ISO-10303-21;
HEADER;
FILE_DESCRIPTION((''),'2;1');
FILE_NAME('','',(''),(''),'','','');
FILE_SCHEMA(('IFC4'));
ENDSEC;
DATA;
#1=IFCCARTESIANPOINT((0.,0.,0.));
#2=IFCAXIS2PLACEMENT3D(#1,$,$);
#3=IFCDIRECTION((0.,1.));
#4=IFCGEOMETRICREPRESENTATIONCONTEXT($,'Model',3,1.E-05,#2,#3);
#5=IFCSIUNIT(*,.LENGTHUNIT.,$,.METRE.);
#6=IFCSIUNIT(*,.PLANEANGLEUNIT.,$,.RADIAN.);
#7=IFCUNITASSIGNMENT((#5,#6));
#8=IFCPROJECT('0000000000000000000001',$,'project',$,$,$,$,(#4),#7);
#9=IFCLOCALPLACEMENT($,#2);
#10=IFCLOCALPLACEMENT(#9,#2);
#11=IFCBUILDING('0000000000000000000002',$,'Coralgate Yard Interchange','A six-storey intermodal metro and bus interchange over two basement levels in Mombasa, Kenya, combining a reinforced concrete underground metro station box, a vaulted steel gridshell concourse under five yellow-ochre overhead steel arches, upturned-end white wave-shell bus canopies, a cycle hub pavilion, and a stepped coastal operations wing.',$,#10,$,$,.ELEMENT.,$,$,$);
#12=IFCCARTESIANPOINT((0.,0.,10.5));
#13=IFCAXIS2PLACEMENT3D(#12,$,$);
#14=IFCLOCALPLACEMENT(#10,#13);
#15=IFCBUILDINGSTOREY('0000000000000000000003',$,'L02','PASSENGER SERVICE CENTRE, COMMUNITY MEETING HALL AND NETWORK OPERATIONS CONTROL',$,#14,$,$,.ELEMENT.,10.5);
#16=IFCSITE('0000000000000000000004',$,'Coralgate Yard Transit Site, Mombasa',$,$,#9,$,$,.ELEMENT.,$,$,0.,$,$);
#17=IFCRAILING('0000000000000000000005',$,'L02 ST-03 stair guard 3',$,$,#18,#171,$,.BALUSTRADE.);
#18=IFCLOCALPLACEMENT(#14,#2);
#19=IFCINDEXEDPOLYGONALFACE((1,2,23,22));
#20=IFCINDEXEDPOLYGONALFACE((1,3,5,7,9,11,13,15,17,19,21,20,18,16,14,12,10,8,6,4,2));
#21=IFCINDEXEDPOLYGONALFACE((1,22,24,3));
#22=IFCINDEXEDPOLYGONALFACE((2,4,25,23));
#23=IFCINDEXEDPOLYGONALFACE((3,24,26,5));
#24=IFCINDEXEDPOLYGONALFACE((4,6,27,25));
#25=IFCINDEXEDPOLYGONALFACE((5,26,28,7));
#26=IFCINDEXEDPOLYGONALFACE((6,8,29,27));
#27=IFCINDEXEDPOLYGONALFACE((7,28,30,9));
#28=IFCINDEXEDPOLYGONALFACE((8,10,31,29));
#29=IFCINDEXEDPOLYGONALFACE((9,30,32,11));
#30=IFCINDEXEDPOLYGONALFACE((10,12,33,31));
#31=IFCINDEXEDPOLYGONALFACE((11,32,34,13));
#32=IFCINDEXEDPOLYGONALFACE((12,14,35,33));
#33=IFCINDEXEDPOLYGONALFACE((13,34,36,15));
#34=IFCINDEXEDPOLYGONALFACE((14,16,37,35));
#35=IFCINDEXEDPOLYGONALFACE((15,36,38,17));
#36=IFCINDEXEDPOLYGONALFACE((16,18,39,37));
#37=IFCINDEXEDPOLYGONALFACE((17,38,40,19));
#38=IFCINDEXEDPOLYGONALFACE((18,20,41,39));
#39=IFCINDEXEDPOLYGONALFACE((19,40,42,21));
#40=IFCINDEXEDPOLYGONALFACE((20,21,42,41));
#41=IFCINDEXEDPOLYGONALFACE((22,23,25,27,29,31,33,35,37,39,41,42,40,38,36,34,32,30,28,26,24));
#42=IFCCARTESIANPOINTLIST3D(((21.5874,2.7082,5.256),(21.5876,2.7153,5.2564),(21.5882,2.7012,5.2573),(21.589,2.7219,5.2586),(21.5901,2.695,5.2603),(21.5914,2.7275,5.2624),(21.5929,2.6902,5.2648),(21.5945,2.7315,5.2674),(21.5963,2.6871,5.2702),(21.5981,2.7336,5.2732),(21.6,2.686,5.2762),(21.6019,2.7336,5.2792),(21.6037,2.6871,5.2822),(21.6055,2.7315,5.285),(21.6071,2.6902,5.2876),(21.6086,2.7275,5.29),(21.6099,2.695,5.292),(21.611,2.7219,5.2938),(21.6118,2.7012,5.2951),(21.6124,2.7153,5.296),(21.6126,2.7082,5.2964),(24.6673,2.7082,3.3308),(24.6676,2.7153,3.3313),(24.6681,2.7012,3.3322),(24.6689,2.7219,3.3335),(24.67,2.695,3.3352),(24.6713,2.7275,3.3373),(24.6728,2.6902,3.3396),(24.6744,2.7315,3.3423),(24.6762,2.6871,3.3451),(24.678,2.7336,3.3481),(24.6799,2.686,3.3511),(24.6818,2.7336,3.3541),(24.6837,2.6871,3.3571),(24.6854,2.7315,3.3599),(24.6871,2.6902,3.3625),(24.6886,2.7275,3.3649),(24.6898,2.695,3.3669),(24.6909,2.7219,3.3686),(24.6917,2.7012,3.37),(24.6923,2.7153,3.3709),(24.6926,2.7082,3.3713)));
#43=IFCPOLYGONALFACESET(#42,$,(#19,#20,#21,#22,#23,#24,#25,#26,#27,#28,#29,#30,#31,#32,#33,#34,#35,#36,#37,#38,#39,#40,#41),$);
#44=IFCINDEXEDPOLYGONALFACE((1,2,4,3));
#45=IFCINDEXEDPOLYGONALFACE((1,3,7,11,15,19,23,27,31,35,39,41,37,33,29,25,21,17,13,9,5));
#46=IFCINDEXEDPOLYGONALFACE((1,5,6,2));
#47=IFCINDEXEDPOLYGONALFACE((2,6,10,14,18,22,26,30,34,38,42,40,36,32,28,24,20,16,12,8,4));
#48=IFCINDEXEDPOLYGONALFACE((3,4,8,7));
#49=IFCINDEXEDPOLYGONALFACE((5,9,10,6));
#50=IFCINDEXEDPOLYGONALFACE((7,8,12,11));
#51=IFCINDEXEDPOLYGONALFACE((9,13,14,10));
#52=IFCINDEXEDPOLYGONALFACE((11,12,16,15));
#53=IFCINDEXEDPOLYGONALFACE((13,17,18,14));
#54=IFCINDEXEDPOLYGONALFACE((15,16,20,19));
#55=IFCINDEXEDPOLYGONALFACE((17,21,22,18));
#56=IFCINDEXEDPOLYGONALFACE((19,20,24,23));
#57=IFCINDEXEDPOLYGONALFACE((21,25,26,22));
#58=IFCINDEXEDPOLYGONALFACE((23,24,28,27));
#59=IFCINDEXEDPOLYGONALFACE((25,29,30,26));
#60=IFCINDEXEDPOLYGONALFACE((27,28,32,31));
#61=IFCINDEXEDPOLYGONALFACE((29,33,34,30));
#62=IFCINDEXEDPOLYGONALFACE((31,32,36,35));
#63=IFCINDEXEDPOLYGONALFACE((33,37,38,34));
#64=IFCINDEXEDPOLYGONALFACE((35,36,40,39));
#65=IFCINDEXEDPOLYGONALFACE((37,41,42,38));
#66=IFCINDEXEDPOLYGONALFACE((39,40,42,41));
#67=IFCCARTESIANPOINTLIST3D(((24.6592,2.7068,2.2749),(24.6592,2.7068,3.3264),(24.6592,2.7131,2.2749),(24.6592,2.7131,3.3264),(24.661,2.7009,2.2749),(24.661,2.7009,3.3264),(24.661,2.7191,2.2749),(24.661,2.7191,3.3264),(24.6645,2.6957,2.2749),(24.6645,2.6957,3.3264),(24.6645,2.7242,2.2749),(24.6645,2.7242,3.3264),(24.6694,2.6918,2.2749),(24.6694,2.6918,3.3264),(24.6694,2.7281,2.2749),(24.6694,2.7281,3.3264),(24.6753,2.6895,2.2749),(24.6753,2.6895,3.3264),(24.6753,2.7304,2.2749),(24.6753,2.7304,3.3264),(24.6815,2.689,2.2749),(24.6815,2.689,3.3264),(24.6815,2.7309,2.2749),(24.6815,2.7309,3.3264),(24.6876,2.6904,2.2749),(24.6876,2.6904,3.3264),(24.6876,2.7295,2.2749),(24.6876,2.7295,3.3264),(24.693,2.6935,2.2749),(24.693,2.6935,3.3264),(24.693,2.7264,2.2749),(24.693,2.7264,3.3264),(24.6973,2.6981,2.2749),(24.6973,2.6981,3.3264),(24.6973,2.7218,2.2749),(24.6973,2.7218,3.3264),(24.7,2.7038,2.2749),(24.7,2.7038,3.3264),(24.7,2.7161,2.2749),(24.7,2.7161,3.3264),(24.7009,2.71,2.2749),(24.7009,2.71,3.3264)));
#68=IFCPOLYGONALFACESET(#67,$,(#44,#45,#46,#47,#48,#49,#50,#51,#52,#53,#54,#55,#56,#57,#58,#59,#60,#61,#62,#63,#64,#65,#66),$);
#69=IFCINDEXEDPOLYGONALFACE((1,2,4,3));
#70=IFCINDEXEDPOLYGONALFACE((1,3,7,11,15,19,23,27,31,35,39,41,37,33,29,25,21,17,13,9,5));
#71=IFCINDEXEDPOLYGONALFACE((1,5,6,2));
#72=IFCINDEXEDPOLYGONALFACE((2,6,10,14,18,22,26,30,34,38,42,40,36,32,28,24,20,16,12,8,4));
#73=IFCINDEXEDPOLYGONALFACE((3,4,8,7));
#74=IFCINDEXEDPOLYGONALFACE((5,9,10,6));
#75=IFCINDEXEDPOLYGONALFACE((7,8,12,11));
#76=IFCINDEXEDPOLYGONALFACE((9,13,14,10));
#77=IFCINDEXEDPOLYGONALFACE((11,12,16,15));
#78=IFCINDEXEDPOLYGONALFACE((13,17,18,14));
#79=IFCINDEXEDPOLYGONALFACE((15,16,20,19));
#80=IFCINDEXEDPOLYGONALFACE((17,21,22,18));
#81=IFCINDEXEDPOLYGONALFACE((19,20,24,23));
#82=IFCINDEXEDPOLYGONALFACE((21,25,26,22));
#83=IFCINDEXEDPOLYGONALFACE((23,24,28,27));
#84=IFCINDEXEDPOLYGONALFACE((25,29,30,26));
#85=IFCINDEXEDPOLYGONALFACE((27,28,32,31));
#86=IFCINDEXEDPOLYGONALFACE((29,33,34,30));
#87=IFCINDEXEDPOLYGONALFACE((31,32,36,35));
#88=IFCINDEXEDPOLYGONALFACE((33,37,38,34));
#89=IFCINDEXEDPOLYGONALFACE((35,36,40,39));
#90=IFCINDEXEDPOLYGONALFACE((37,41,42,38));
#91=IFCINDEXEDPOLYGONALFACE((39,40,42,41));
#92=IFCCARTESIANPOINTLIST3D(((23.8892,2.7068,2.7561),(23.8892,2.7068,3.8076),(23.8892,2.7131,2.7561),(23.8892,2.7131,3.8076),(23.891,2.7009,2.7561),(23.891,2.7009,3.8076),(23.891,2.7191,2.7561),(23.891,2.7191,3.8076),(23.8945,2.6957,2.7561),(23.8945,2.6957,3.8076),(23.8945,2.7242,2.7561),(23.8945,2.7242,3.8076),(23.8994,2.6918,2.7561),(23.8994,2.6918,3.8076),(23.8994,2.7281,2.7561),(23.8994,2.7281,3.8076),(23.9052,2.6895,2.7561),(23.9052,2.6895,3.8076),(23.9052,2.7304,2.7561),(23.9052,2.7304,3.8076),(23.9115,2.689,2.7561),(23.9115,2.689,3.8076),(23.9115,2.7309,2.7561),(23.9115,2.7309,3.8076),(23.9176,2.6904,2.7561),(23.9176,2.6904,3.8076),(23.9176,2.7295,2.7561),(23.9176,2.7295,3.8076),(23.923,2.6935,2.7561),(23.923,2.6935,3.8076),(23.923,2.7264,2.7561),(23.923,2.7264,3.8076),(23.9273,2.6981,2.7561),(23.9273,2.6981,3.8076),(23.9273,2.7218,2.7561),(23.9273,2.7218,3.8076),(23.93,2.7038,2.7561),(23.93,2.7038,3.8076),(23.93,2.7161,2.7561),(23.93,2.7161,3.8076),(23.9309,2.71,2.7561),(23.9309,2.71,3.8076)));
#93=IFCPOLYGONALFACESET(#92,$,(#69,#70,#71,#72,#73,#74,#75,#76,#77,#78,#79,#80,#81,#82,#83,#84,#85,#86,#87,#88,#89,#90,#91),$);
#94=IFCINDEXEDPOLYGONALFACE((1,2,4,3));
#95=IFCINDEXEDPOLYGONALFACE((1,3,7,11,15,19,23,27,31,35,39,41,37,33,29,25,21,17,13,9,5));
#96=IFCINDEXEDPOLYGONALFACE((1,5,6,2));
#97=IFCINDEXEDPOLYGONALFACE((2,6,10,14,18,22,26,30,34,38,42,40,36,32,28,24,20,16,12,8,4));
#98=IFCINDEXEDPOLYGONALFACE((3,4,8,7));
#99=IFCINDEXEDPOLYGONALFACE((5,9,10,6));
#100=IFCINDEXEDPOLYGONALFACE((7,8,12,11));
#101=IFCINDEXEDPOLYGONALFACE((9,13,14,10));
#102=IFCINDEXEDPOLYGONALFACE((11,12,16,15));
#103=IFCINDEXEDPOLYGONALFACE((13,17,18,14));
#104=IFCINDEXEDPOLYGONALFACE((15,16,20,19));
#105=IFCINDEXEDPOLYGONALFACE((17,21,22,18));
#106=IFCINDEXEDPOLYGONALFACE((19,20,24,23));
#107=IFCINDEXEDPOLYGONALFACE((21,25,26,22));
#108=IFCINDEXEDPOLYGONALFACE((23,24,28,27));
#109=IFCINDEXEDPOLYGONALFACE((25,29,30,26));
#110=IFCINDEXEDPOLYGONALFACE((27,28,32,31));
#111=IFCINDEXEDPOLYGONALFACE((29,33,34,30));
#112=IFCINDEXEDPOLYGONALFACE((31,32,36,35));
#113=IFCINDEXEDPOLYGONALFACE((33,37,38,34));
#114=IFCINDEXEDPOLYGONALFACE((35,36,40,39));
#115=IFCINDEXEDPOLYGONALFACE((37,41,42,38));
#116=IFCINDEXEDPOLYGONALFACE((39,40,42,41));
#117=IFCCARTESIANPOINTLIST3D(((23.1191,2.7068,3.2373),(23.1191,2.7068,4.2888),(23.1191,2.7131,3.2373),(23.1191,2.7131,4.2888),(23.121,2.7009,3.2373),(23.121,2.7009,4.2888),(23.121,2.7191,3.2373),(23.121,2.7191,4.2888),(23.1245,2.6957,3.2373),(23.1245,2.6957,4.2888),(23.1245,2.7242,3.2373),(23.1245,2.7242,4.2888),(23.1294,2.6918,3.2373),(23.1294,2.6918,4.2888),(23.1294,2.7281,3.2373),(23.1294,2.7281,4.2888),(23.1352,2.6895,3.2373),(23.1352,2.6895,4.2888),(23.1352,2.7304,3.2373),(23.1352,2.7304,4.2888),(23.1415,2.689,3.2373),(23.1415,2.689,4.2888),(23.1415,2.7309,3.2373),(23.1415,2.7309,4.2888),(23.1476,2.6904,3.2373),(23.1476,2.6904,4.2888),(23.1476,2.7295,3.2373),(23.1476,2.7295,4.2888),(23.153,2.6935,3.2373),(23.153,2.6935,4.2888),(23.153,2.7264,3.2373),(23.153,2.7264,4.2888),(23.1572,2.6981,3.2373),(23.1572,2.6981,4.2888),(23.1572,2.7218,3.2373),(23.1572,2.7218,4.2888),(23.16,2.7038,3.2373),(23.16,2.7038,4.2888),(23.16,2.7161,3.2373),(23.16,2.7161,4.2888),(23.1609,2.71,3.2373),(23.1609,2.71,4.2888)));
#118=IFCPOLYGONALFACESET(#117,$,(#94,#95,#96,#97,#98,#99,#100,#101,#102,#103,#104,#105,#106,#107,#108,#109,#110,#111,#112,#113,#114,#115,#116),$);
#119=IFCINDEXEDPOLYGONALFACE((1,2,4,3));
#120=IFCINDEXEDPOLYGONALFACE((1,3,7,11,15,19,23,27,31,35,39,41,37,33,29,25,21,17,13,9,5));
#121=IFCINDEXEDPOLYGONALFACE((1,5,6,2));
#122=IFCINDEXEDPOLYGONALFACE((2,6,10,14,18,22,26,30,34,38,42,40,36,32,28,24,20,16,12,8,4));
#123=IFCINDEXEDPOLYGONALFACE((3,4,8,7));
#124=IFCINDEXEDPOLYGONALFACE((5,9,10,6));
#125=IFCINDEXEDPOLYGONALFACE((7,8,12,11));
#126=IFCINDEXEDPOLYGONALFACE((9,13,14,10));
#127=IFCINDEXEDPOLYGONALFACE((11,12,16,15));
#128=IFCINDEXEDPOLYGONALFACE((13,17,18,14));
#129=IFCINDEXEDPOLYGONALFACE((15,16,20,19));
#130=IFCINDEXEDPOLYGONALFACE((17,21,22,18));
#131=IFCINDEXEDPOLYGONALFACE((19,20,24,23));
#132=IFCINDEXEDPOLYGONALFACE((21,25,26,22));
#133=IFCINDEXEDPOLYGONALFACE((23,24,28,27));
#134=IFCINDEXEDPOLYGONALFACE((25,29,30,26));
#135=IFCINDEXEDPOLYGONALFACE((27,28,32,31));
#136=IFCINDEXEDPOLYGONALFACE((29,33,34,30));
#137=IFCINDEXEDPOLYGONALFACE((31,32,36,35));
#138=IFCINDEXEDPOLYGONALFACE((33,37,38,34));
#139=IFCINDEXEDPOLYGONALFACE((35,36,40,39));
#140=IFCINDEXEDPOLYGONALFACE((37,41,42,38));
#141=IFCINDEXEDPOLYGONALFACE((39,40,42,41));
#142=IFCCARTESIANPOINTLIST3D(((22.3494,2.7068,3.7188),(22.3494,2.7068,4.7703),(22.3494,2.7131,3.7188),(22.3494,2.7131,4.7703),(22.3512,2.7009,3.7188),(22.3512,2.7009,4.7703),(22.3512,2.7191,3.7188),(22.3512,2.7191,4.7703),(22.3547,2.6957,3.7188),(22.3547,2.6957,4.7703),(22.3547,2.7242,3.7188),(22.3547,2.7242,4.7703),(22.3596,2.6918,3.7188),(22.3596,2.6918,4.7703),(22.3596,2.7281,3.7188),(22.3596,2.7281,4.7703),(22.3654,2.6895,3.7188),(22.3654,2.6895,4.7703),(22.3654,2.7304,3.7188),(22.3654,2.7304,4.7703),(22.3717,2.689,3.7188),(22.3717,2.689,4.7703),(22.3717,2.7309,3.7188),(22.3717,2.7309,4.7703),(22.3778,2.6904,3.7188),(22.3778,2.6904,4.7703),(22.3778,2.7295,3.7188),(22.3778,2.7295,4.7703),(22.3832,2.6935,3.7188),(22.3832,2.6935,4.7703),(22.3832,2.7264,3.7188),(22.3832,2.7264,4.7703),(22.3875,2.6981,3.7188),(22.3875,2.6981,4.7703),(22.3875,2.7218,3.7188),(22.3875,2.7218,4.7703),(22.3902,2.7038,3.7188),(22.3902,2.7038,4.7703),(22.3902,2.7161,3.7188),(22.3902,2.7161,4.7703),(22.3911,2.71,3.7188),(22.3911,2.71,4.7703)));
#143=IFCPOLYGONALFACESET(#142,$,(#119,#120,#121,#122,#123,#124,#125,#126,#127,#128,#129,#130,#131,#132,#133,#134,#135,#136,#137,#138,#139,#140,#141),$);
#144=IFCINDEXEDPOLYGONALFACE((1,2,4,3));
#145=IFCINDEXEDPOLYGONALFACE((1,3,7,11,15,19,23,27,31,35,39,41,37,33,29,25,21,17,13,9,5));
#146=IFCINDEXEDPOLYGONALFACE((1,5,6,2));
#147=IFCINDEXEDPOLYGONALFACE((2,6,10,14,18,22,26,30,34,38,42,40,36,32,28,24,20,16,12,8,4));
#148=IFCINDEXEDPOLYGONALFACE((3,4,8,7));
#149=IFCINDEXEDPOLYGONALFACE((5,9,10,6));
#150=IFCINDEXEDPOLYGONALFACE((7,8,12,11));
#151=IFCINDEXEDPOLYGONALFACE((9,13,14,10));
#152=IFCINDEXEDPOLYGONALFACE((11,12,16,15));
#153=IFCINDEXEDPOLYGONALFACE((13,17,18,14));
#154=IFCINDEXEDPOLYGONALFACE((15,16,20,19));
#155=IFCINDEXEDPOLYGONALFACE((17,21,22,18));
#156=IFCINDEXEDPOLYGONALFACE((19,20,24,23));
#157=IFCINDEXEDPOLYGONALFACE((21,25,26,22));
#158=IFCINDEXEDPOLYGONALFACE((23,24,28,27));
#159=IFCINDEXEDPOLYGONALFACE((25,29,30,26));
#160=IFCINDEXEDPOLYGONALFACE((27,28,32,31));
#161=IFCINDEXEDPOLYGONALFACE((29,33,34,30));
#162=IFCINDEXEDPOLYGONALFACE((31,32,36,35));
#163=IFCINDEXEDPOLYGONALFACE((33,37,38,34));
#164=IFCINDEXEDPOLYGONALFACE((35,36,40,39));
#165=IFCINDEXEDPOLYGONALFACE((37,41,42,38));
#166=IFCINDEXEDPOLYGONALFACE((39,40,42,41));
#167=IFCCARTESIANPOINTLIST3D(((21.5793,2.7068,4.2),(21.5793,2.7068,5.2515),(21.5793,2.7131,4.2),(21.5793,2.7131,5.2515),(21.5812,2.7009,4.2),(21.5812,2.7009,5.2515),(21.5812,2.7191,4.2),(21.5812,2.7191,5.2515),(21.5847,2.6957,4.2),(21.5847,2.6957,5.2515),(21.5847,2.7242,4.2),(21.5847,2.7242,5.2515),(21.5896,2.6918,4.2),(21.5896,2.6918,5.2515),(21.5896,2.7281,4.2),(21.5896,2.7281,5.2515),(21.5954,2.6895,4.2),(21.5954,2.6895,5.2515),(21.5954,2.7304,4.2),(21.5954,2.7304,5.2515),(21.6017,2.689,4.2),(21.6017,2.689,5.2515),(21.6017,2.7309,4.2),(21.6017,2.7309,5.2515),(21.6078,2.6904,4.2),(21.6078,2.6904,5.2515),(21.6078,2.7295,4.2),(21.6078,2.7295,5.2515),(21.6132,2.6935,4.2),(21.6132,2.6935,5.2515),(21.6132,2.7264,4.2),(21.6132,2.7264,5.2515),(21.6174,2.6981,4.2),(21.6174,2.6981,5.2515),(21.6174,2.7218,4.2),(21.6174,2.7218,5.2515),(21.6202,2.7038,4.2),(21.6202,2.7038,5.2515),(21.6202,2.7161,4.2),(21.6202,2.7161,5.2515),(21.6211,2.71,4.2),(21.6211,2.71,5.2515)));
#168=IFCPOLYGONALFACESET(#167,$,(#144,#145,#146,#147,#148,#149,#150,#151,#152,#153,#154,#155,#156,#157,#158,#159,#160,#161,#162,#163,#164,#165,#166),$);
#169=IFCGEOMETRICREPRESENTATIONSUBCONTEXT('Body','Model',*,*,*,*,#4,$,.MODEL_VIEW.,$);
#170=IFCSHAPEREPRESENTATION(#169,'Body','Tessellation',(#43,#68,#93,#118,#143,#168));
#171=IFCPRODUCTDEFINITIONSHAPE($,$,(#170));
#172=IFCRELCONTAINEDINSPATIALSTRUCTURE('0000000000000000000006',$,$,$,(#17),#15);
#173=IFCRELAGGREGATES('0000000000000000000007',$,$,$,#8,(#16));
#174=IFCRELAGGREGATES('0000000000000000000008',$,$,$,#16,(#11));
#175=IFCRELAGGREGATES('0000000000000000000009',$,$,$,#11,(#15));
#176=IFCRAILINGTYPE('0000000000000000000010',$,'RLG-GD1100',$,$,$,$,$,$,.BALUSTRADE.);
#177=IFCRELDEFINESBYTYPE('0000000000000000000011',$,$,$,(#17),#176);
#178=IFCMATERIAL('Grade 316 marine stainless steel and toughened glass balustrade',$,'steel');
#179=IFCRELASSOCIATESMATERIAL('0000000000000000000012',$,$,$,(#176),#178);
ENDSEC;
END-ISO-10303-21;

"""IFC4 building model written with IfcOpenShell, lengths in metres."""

from ifc_helpers import new_model, si_unit, direction, frame, origin, origin_2d, place, context, subcontext, project, spatial, circle, extrude, material, type_object, element, save


model = new_model("IFC4")

# Units and contexts
model_context = context("Model", 3, precision=1e-05, world=origin(), true_north=direction((0.0, 1.0)))
body_context = subcontext(model_context, "Body", "Model", "MODEL_VIEW")
ifc_project = project(units=[si_unit("LENGTHUNIT", "METRE"), si_unit("PLANEANGLEUNIT", "RADIAN")], contexts=[model_context])

# Site, building, storey
site_placement = place(None, origin())
site = spatial("IfcSite", under=ifc_project, at=site_placement, Name="Coralgate Yard Transit Site, Mombasa", CompositionType="ELEMENT", RefElevation=0.0)
building_placement = place(site_placement, origin())
building = spatial("IfcBuilding", under=site, at=building_placement, Name="Coralgate Yard Interchange", Description="A six-storey intermodal metro and bus interchange over two basement levels in Mombasa, Kenya, combining a reinforced concrete underground metro station box, a vaulted steel gridshell concourse under five yellow-ochre overhead steel arches, upturned-end white wave-shell bus canopies, a cycle hub pavilion, and a stepped coastal operations wing.", CompositionType="ELEMENT")
storey_placement = place(building_placement, frame((0.0, 0.0, 10.5)))
storey = spatial("IfcBuildingStorey", under=building, at=storey_placement, Name="L02", Description="PASSENGER SERVICE CENTRE, COMMUNITY MEETING HALL AND NETWORK OPERATIONS CONTROL", CompositionType="ELEMENT", Elevation=10.5)

# Railing
ifc_material_1 = material(Name="Grade 316 marine stainless steel and toughened glass balustrade", Category="steel")
railing_type_1 = type_object("IfcRailingType", Name="RLG-GD1100", PredefinedType="BALUSTRADE", material=ifc_material_1)
railing_1_placement = place(storey_placement, frame((24.6799, 2.71, 2.2749)))
element("IfcRailing", 1, at=railing_1_placement, inside=storey, type_object=railing_type_1, Name="L02 ST-03 stair guard 3", PredefinedType="BALUSTRADE", context=body_context, shape_type="SweptSolid", body=[
    extrude(circle(Radius=0.0239, at=origin_2d()), frame((0.0, 0.0, 1.0762), z_axis=(-0.847979, 0.0, 0.530029), x_axis=(0.0, -1.0, 0.0)), (0.0, 0.0, 1.0), 3.6321),
    extrude(circle(Radius=0.021, at=origin_2d()), origin(), (0.0, 0.0, 1.0), 1.0515),
    extrude(circle(Radius=0.021, at=origin_2d()), frame((-0.77, 0.0, 0.4812)), (0.0, 0.0, 1.0), 1.0515),
    extrude(circle(Radius=0.021, at=origin_2d()), frame((-1.54, 0.0, 0.9624)), (0.0, 0.0, 1.0), 1.0515),
    extrude(circle(Radius=0.021, at=origin_2d()), frame((-2.3098, 0.0, 1.4438)), (0.0, 0.0, 1.0), 1.0515),
    extrude(circle(Radius=0.021, at=origin_2d()), frame((-3.0798, 0.0, 1.925)), (0.0, 0.0, 1.0), 1.0515),
])

save(model, "model.ifc")
